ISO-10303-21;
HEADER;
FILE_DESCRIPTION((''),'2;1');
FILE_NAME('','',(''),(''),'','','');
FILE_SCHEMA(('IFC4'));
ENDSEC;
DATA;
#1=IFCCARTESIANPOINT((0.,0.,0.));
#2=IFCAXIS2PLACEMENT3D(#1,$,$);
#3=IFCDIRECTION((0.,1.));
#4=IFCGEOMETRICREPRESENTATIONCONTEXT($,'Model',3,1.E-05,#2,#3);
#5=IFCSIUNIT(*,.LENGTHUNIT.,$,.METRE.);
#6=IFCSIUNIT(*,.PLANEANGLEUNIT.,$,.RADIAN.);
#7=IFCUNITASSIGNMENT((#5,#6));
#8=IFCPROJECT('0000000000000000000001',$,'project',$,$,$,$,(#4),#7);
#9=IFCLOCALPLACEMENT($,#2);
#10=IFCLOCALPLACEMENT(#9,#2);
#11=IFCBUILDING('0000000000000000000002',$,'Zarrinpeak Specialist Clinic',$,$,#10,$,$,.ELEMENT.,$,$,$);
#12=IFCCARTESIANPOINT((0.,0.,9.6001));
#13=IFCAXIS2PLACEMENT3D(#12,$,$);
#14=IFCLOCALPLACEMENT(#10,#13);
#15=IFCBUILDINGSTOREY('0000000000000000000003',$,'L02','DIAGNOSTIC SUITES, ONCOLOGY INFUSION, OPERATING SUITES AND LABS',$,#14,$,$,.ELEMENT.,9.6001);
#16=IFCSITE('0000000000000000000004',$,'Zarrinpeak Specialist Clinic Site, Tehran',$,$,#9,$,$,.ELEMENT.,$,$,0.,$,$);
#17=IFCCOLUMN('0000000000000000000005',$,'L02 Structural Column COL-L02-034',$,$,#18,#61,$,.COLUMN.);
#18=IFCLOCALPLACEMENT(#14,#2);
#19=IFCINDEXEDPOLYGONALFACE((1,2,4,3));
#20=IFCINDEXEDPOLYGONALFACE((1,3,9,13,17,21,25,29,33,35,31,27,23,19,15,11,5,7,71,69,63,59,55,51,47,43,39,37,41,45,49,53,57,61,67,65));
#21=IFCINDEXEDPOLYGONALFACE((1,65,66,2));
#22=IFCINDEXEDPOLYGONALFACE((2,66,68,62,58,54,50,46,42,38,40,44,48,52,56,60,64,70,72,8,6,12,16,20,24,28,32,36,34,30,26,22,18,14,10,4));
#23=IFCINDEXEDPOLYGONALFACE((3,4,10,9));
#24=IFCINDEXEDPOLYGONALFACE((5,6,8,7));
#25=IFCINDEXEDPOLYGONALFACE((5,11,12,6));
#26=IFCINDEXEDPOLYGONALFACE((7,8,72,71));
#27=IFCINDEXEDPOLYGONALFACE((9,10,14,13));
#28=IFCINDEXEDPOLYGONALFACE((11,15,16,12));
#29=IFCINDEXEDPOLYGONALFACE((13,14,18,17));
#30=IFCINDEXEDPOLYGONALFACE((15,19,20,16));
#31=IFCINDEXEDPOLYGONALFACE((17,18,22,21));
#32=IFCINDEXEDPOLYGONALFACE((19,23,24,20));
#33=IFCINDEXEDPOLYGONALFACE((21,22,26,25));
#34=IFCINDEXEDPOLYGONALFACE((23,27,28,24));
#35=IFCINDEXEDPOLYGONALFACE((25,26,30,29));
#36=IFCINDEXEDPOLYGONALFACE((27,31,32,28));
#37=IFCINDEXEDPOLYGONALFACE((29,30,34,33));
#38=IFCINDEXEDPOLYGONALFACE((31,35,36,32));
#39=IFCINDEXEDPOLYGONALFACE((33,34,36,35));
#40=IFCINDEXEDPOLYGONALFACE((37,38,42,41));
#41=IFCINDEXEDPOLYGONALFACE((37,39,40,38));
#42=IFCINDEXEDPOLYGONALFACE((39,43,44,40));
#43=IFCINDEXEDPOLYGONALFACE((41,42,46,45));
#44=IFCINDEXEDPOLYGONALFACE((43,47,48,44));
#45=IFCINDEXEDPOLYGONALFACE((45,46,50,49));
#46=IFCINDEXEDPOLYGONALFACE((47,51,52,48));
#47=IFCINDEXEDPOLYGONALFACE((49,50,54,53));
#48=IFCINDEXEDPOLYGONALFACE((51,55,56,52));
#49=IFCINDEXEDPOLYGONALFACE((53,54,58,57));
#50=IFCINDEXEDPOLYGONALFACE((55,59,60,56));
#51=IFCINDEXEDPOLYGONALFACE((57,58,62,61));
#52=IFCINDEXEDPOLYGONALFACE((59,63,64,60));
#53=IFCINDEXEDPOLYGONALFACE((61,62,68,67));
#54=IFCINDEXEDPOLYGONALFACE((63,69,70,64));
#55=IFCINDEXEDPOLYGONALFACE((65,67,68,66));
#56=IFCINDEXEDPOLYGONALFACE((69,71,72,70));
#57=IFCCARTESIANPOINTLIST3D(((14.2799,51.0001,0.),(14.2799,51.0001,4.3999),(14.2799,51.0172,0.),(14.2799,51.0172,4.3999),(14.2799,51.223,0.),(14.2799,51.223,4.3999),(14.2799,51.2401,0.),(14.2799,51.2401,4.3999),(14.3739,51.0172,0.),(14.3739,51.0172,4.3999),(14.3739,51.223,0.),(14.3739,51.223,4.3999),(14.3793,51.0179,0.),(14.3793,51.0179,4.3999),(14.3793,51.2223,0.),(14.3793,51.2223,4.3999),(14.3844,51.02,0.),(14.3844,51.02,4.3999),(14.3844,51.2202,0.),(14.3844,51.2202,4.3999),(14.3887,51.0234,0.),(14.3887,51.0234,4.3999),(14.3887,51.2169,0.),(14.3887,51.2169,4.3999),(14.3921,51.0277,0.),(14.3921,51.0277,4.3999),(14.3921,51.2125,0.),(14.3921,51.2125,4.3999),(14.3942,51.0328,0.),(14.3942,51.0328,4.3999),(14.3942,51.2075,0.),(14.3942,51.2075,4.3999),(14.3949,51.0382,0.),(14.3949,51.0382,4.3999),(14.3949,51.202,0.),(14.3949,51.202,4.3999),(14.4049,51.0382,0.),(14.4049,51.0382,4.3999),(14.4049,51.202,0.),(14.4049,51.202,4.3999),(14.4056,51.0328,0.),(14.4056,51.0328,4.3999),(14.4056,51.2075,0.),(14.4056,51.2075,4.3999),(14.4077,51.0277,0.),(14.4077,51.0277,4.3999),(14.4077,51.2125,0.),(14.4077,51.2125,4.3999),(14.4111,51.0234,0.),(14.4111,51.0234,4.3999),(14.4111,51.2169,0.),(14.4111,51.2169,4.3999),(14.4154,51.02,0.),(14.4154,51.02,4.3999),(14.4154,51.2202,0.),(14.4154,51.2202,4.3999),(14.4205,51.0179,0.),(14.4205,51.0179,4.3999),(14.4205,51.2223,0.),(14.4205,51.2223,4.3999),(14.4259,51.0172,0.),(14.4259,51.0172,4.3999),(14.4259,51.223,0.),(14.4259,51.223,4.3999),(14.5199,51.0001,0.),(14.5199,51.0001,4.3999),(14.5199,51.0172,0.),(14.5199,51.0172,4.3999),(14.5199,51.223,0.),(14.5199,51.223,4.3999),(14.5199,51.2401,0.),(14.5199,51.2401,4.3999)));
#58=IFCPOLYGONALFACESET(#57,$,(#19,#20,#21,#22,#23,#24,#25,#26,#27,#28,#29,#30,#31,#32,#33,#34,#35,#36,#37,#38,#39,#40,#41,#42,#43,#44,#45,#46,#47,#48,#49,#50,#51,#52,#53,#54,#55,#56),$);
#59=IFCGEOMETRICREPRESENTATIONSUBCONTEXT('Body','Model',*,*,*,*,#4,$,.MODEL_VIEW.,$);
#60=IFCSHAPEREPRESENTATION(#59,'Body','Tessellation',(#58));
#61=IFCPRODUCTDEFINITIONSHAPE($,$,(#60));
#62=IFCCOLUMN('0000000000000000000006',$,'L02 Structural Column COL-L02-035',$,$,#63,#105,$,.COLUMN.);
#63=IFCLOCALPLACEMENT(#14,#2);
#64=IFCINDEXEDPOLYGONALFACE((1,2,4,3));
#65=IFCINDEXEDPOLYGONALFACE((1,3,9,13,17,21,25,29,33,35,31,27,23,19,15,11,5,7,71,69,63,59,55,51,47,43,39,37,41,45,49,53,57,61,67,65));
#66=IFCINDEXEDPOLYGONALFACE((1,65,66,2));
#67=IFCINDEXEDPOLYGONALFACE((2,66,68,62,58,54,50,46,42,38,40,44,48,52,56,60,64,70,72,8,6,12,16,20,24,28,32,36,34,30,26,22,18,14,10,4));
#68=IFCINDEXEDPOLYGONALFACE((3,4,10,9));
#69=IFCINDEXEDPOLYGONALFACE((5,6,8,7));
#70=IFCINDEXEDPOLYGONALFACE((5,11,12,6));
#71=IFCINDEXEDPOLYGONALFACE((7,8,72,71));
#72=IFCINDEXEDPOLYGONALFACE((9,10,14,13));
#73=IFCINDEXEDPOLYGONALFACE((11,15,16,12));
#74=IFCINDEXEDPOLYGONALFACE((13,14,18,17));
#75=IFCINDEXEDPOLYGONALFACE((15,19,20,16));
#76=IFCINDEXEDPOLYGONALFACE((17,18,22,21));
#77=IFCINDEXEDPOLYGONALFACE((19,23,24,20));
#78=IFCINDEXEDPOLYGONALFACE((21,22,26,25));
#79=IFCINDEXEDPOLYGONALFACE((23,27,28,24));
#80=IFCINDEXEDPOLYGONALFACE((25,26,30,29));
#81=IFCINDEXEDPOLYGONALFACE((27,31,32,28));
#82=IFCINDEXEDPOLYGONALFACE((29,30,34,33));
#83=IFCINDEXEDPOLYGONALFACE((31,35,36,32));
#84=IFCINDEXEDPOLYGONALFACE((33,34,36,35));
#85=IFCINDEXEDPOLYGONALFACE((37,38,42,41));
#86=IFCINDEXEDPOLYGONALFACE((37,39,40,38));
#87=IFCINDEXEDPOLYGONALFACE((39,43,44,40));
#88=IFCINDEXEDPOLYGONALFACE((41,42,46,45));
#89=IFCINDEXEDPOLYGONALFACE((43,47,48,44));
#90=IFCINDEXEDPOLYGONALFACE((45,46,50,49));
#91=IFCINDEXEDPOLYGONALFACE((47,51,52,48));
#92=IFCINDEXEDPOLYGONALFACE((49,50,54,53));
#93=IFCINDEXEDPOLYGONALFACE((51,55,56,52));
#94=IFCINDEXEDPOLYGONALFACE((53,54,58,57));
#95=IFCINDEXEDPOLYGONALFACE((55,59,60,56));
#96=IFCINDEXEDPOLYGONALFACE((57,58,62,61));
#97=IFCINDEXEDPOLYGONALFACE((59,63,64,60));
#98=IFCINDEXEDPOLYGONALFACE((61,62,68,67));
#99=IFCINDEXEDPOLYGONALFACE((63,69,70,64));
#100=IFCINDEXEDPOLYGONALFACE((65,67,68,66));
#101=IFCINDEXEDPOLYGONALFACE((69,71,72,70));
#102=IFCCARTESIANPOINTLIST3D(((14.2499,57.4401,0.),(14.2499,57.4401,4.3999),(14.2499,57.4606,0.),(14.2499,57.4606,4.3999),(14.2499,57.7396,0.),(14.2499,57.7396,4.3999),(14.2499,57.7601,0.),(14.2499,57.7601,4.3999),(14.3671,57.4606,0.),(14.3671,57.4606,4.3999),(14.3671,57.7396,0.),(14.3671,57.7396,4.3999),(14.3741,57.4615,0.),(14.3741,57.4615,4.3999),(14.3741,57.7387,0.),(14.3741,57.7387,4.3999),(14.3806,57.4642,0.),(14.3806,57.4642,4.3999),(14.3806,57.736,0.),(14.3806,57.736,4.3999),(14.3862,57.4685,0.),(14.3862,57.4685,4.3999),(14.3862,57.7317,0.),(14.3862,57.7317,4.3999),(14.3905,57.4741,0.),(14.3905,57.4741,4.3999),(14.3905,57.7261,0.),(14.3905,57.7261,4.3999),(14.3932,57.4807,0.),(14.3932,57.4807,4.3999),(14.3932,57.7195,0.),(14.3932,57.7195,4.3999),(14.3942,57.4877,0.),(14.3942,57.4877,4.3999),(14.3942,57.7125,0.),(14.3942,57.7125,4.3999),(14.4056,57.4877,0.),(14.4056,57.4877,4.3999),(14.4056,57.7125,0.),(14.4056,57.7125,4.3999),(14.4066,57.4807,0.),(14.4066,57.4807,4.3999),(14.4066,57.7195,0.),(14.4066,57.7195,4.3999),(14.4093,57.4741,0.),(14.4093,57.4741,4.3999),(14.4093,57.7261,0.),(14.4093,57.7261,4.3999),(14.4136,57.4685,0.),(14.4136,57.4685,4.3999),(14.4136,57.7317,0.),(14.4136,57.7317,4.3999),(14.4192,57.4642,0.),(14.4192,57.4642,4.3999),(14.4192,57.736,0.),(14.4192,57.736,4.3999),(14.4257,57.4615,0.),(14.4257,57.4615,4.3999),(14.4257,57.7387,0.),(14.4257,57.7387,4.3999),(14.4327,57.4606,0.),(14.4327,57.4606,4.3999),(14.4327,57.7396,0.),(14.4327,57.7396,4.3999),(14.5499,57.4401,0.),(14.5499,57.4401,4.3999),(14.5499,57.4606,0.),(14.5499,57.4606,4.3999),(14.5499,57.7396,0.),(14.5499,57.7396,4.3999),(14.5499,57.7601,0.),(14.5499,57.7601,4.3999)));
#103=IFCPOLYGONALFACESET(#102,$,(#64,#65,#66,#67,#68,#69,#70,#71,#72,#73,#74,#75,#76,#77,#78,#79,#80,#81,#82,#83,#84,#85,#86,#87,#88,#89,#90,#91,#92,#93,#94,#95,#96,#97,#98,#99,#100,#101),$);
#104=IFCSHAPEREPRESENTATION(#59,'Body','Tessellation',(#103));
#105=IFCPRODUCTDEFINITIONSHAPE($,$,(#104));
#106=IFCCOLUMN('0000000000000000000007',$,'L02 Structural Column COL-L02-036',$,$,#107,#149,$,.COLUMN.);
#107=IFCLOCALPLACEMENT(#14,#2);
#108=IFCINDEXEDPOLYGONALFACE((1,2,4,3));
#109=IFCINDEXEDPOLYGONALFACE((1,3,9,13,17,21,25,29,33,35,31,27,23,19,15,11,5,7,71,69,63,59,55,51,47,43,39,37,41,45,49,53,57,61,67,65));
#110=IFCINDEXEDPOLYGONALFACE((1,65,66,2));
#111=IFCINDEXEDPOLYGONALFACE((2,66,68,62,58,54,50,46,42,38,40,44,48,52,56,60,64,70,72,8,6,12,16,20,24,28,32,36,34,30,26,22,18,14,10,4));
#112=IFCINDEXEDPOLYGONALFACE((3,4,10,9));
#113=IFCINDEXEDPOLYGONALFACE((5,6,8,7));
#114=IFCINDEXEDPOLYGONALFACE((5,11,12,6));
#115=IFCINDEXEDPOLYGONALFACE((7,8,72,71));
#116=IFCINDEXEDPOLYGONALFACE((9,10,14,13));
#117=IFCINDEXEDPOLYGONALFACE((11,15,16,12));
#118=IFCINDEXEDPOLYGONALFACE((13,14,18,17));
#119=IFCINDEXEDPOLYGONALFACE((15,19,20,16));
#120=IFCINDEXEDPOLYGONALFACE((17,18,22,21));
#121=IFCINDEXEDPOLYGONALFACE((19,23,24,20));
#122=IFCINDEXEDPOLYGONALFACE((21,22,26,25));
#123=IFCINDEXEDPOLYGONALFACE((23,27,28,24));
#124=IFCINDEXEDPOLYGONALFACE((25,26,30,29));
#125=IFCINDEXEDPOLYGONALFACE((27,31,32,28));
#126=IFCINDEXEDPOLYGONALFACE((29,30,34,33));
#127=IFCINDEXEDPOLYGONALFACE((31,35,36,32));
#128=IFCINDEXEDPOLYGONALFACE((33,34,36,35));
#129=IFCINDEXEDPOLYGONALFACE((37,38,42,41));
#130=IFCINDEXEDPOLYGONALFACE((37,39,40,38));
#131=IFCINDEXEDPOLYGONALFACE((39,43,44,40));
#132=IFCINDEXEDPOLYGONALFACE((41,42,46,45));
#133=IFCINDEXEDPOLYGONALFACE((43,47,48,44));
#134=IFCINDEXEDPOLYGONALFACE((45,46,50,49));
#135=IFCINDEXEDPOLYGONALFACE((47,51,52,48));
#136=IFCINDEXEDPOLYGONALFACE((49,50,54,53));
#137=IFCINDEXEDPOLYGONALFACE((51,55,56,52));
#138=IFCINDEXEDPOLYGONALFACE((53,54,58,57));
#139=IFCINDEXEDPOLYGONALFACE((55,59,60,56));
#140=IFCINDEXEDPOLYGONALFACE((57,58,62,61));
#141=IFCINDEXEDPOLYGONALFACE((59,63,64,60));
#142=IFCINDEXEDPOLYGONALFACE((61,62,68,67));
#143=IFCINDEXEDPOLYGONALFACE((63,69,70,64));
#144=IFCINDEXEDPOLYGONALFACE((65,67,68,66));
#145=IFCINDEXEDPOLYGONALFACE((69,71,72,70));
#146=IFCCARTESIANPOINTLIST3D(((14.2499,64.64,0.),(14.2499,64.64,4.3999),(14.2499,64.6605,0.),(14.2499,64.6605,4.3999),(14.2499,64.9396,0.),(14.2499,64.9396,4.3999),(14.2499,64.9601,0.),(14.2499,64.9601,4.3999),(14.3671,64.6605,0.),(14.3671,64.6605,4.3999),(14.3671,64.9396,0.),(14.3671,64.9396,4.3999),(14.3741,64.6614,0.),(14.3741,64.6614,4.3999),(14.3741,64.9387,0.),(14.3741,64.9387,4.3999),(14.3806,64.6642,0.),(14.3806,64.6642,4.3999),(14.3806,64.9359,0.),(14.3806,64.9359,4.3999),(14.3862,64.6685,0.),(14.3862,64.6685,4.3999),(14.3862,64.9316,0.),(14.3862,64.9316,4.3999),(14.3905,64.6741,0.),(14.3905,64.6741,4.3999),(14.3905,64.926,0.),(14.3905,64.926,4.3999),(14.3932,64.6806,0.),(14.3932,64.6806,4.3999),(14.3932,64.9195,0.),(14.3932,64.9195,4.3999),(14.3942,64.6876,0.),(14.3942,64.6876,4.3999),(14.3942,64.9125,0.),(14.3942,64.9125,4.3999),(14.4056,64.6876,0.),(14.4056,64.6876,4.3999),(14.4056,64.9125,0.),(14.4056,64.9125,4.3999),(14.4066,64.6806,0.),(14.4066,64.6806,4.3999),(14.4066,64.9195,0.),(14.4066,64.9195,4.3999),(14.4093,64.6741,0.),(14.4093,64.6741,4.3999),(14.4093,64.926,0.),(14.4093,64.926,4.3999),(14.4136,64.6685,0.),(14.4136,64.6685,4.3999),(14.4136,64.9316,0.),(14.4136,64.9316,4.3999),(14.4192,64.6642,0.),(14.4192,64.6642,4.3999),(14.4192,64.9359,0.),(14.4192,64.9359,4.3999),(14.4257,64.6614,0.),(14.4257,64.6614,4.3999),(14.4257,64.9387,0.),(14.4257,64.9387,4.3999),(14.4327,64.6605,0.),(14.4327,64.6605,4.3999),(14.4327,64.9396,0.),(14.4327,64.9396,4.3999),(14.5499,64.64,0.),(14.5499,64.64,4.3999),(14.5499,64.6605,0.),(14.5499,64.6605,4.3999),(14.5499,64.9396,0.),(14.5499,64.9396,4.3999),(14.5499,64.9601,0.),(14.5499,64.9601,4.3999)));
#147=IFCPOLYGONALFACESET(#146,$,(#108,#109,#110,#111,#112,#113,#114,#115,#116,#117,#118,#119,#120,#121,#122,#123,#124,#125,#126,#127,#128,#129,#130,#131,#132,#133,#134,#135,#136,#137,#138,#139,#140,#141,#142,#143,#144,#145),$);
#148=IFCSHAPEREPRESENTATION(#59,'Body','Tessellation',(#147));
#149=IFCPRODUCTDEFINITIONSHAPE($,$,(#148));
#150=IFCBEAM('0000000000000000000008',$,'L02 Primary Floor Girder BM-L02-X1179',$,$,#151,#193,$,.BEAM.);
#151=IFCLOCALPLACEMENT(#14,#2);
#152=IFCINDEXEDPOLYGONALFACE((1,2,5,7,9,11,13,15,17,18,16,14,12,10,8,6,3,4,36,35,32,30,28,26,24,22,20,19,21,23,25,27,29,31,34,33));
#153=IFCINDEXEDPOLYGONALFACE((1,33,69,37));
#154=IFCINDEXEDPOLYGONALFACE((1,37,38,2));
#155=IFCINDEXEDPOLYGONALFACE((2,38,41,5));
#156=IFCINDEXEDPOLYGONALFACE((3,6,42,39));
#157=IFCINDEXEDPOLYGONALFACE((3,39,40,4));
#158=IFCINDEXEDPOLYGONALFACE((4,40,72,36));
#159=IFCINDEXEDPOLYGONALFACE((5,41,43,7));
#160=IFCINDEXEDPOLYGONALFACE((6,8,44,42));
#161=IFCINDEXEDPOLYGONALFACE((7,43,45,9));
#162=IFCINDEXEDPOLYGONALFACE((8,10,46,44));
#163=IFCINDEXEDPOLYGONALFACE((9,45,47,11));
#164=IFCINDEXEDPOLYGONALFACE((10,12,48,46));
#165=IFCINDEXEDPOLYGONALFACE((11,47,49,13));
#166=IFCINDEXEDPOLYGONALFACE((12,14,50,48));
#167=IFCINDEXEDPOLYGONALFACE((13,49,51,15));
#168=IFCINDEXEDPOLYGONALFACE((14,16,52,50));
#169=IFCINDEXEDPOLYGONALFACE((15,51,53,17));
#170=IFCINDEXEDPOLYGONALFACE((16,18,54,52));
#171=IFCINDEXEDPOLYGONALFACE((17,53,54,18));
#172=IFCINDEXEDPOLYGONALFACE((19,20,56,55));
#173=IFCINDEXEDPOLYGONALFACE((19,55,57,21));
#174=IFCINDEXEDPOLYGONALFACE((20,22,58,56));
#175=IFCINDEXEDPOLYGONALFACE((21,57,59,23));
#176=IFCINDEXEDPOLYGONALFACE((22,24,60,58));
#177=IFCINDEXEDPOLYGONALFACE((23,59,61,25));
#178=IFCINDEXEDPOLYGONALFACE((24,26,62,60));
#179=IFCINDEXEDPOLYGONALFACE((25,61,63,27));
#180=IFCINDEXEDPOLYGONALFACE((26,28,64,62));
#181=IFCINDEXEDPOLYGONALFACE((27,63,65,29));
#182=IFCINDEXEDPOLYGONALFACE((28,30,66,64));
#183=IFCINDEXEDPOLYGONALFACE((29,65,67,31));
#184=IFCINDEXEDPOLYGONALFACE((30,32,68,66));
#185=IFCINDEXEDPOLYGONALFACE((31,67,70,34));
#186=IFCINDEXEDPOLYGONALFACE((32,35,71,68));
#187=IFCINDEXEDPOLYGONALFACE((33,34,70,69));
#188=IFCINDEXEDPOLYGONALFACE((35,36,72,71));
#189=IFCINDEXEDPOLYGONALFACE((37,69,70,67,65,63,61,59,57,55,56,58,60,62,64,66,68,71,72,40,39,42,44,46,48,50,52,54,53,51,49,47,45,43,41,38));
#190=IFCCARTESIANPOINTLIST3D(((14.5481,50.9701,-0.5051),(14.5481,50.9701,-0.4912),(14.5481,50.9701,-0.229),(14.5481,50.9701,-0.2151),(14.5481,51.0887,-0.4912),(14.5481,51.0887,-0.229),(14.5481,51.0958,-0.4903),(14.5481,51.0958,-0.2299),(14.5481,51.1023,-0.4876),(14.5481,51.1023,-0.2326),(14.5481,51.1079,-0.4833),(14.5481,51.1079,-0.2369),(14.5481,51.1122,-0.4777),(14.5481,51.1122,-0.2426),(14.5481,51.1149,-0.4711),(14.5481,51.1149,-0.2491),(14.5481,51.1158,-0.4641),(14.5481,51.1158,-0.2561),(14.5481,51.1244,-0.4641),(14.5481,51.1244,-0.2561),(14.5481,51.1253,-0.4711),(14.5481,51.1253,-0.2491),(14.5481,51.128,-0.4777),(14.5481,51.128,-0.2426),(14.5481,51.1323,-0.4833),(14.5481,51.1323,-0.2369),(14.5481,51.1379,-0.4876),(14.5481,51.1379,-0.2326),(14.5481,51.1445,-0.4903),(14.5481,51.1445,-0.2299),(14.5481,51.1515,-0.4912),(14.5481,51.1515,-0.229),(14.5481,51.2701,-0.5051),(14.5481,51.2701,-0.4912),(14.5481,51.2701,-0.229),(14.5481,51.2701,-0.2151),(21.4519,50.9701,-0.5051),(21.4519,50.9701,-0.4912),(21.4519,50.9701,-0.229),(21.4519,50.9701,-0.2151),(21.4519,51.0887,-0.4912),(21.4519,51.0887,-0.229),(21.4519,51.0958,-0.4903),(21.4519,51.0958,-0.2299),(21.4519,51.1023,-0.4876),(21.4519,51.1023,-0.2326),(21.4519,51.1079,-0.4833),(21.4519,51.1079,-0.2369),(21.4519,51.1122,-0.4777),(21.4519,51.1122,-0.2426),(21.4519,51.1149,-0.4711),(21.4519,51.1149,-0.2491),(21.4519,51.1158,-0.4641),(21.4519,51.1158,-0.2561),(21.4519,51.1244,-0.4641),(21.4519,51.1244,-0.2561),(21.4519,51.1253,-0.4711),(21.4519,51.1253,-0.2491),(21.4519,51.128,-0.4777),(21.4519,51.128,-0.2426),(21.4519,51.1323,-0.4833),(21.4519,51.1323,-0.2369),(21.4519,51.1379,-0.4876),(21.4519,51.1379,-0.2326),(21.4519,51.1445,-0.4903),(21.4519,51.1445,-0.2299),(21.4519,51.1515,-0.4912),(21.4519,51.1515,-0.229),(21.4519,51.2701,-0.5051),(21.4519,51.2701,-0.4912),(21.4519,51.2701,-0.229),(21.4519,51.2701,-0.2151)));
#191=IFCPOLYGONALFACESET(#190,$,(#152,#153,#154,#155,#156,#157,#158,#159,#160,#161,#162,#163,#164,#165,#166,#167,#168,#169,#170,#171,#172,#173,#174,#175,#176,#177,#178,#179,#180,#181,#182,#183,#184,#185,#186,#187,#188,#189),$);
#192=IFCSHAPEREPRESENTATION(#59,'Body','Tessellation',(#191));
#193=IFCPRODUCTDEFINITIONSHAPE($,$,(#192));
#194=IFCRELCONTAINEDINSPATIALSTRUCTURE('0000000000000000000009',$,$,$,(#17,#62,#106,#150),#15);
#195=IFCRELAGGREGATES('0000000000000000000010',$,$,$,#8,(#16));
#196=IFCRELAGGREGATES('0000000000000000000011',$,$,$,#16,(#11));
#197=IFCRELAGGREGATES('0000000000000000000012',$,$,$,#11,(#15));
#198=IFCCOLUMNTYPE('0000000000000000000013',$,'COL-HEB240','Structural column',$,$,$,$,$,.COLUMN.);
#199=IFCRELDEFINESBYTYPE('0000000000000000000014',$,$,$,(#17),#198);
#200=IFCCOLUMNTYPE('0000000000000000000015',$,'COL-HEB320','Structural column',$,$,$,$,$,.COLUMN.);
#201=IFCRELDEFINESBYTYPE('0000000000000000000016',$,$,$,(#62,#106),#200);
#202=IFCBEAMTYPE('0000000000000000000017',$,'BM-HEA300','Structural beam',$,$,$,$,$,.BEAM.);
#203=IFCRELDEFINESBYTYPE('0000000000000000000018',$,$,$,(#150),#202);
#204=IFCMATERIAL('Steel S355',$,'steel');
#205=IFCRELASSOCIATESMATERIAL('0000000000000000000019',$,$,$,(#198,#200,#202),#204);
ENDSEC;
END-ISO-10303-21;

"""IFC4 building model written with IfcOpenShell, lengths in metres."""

from ifc_helpers import new_model, si_unit, direction, frame, origin, origin_2d, place, context, subcontext, project, spatial, i_section, extrude, material, material_profile, profile_set, type_object, element, save


model = new_model("IFC4")

# Units and contexts
model_context = context("Model", 3, precision=1e-05, world=origin(), true_north=direction((0.0, 1.0)))
body_context = subcontext(model_context, "Body", "Model", "MODEL_VIEW")
ifc_project = project(units=[si_unit("LENGTHUNIT", "METRE"), si_unit("PLANEANGLEUNIT", "RADIAN")], contexts=[model_context])

# Site, building, storey
site_placement = place(None, origin())
site = spatial("IfcSite", under=ifc_project, at=site_placement, Name="Zarrinpeak Specialist Clinic Site, Tehran", CompositionType="ELEMENT", RefElevation=0.0)
building_placement = place(site_placement, origin())
building = spatial("IfcBuilding", under=site, at=building_placement, Name="Zarrinpeak Specialist Clinic", CompositionType="ELEMENT")
storey_placement = place(building_placement, frame((0.0, 0.0, 9.6001)))
storey = spatial("IfcBuildingStorey", under=building, at=storey_placement, Name="L02", Description="DIAGNOSTIC SUITES, ONCOLOGY INFUSION, OPERATING SUITES AND LABS", CompositionType="ELEMENT", Elevation=9.6001)

# Columns
ifc_material_1 = material(Name="Steel S355", Category="steel")
ifc_material_profile_1 = material_profile(ifc_material_1, i_section(OverallWidth=0.24, OverallDepth=0.24, WebThickness=0.01, FlangeThickness=0.0171, FilletRadius=0.021, at=origin_2d()), Name="HEB 240")
ifc_profile_set_1 = profile_set([ifc_material_profile_1], Name="Steel S355")
column_type_1 = type_object("IfcColumnType", Name="COL-HEB240", Description="Structural column", PredefinedType="COLUMN", material=ifc_profile_set_1)
column_placement = place(storey_placement, frame((14.3999, 51.1201, 0.0), z_axis=(0.0, 0.0, 1.0), x_axis=(1.0, 0.0, 0.0)))
element("IfcColumn", 1, at=column_placement, inside=storey, type_object=column_type_1, Name="L02 Structural Column COL-L02-034", PredefinedType="COLUMN", context=body_context, shape_type="SweptSolid", body=[
    extrude(i_section(OverallWidth=0.24, OverallDepth=0.24, WebThickness=0.01, FlangeThickness=0.0171, FilletRadius=0.021, at=origin_2d()), origin(), (0.0, 0.0, 1.0), 4.3999),
])
ifc_material_profile_2 = material_profile(ifc_material_1, i_section(OverallWidth=0.3, OverallDepth=0.3201, WebThickness=0.0115, FlangeThickness=0.0205, FilletRadius=0.0271, at=origin_2d()), Name="HEB 320")
ifc_profile_set_2 = profile_set([ifc_material_profile_2], Name="Steel S355")
column_type_2 = type_object("IfcColumnType", Name="COL-HEB320", Description="Structural column", PredefinedType="COLUMN", material=ifc_profile_set_2)
for number, where, z_axis, x_axis, name in (
    (2, (14.3999, 57.6001, 0.0), (0.0, 0.0, 1.0), (1.0, 0.0, 0.0), "L02 Structural Column COL-L02-035"),
    (3, (14.3999, 64.8, 0.0), (0.0, 0.0, 1.0), (1.0, 0.0, 0.0), "L02 Structural Column COL-L02-036"),
):
    element("IfcColumn", number, at=place(storey_placement, frame(where, z_axis=z_axis, x_axis=x_axis)), inside=storey, type_object=column_type_2, Name=name, PredefinedType="COLUMN", context=body_context, shape_type="SweptSolid", body=[
        extrude(i_section(OverallWidth=0.3, OverallDepth=0.3201, WebThickness=0.0115, FlangeThickness=0.0205, FilletRadius=0.0271, at=origin_2d()), origin(), (0.0, 0.0, 1.0), 4.3999),
    ])

# Beam
ifc_material_profile_3 = material_profile(ifc_material_1, i_section(OverallWidth=0.3, OverallDepth=0.29, WebThickness=0.0085, FlangeThickness=0.0139, FilletRadius=0.0271, at=origin_2d()), Name="HEA 300")
ifc_profile_set_3 = profile_set([ifc_material_profile_3], Name="Steel S355")
beam_type_1 = type_object("IfcBeamType", Name="BM-HEA300", Description="Structural beam", PredefinedType="BEAM", material=ifc_profile_set_3)
for number, where, z_axis, x_axis, name in (
    (4, (14.5481, 51.1201, -0.3601), (1.0, 0.0, 0.0), (0.0, 1.0, 0.0), "L02 Primary Floor Girder BM-L02-X1179"),
):
    element("IfcBeam", number, at=place(storey_placement, frame(where, z_axis=z_axis, x_axis=x_axis)), inside=storey, type_object=beam_type_1, Name=name, PredefinedType="BEAM", context=body_context, shape_type="SweptSolid", body=[
        extrude(i_section(OverallWidth=0.3, OverallDepth=0.29, WebThickness=0.0085, FlangeThickness=0.0139, FilletRadius=0.0271, at=origin_2d()), origin(), (0.0, 0.0, 1.0), 6.9038),
    ])

save(model, "model.ifc")
